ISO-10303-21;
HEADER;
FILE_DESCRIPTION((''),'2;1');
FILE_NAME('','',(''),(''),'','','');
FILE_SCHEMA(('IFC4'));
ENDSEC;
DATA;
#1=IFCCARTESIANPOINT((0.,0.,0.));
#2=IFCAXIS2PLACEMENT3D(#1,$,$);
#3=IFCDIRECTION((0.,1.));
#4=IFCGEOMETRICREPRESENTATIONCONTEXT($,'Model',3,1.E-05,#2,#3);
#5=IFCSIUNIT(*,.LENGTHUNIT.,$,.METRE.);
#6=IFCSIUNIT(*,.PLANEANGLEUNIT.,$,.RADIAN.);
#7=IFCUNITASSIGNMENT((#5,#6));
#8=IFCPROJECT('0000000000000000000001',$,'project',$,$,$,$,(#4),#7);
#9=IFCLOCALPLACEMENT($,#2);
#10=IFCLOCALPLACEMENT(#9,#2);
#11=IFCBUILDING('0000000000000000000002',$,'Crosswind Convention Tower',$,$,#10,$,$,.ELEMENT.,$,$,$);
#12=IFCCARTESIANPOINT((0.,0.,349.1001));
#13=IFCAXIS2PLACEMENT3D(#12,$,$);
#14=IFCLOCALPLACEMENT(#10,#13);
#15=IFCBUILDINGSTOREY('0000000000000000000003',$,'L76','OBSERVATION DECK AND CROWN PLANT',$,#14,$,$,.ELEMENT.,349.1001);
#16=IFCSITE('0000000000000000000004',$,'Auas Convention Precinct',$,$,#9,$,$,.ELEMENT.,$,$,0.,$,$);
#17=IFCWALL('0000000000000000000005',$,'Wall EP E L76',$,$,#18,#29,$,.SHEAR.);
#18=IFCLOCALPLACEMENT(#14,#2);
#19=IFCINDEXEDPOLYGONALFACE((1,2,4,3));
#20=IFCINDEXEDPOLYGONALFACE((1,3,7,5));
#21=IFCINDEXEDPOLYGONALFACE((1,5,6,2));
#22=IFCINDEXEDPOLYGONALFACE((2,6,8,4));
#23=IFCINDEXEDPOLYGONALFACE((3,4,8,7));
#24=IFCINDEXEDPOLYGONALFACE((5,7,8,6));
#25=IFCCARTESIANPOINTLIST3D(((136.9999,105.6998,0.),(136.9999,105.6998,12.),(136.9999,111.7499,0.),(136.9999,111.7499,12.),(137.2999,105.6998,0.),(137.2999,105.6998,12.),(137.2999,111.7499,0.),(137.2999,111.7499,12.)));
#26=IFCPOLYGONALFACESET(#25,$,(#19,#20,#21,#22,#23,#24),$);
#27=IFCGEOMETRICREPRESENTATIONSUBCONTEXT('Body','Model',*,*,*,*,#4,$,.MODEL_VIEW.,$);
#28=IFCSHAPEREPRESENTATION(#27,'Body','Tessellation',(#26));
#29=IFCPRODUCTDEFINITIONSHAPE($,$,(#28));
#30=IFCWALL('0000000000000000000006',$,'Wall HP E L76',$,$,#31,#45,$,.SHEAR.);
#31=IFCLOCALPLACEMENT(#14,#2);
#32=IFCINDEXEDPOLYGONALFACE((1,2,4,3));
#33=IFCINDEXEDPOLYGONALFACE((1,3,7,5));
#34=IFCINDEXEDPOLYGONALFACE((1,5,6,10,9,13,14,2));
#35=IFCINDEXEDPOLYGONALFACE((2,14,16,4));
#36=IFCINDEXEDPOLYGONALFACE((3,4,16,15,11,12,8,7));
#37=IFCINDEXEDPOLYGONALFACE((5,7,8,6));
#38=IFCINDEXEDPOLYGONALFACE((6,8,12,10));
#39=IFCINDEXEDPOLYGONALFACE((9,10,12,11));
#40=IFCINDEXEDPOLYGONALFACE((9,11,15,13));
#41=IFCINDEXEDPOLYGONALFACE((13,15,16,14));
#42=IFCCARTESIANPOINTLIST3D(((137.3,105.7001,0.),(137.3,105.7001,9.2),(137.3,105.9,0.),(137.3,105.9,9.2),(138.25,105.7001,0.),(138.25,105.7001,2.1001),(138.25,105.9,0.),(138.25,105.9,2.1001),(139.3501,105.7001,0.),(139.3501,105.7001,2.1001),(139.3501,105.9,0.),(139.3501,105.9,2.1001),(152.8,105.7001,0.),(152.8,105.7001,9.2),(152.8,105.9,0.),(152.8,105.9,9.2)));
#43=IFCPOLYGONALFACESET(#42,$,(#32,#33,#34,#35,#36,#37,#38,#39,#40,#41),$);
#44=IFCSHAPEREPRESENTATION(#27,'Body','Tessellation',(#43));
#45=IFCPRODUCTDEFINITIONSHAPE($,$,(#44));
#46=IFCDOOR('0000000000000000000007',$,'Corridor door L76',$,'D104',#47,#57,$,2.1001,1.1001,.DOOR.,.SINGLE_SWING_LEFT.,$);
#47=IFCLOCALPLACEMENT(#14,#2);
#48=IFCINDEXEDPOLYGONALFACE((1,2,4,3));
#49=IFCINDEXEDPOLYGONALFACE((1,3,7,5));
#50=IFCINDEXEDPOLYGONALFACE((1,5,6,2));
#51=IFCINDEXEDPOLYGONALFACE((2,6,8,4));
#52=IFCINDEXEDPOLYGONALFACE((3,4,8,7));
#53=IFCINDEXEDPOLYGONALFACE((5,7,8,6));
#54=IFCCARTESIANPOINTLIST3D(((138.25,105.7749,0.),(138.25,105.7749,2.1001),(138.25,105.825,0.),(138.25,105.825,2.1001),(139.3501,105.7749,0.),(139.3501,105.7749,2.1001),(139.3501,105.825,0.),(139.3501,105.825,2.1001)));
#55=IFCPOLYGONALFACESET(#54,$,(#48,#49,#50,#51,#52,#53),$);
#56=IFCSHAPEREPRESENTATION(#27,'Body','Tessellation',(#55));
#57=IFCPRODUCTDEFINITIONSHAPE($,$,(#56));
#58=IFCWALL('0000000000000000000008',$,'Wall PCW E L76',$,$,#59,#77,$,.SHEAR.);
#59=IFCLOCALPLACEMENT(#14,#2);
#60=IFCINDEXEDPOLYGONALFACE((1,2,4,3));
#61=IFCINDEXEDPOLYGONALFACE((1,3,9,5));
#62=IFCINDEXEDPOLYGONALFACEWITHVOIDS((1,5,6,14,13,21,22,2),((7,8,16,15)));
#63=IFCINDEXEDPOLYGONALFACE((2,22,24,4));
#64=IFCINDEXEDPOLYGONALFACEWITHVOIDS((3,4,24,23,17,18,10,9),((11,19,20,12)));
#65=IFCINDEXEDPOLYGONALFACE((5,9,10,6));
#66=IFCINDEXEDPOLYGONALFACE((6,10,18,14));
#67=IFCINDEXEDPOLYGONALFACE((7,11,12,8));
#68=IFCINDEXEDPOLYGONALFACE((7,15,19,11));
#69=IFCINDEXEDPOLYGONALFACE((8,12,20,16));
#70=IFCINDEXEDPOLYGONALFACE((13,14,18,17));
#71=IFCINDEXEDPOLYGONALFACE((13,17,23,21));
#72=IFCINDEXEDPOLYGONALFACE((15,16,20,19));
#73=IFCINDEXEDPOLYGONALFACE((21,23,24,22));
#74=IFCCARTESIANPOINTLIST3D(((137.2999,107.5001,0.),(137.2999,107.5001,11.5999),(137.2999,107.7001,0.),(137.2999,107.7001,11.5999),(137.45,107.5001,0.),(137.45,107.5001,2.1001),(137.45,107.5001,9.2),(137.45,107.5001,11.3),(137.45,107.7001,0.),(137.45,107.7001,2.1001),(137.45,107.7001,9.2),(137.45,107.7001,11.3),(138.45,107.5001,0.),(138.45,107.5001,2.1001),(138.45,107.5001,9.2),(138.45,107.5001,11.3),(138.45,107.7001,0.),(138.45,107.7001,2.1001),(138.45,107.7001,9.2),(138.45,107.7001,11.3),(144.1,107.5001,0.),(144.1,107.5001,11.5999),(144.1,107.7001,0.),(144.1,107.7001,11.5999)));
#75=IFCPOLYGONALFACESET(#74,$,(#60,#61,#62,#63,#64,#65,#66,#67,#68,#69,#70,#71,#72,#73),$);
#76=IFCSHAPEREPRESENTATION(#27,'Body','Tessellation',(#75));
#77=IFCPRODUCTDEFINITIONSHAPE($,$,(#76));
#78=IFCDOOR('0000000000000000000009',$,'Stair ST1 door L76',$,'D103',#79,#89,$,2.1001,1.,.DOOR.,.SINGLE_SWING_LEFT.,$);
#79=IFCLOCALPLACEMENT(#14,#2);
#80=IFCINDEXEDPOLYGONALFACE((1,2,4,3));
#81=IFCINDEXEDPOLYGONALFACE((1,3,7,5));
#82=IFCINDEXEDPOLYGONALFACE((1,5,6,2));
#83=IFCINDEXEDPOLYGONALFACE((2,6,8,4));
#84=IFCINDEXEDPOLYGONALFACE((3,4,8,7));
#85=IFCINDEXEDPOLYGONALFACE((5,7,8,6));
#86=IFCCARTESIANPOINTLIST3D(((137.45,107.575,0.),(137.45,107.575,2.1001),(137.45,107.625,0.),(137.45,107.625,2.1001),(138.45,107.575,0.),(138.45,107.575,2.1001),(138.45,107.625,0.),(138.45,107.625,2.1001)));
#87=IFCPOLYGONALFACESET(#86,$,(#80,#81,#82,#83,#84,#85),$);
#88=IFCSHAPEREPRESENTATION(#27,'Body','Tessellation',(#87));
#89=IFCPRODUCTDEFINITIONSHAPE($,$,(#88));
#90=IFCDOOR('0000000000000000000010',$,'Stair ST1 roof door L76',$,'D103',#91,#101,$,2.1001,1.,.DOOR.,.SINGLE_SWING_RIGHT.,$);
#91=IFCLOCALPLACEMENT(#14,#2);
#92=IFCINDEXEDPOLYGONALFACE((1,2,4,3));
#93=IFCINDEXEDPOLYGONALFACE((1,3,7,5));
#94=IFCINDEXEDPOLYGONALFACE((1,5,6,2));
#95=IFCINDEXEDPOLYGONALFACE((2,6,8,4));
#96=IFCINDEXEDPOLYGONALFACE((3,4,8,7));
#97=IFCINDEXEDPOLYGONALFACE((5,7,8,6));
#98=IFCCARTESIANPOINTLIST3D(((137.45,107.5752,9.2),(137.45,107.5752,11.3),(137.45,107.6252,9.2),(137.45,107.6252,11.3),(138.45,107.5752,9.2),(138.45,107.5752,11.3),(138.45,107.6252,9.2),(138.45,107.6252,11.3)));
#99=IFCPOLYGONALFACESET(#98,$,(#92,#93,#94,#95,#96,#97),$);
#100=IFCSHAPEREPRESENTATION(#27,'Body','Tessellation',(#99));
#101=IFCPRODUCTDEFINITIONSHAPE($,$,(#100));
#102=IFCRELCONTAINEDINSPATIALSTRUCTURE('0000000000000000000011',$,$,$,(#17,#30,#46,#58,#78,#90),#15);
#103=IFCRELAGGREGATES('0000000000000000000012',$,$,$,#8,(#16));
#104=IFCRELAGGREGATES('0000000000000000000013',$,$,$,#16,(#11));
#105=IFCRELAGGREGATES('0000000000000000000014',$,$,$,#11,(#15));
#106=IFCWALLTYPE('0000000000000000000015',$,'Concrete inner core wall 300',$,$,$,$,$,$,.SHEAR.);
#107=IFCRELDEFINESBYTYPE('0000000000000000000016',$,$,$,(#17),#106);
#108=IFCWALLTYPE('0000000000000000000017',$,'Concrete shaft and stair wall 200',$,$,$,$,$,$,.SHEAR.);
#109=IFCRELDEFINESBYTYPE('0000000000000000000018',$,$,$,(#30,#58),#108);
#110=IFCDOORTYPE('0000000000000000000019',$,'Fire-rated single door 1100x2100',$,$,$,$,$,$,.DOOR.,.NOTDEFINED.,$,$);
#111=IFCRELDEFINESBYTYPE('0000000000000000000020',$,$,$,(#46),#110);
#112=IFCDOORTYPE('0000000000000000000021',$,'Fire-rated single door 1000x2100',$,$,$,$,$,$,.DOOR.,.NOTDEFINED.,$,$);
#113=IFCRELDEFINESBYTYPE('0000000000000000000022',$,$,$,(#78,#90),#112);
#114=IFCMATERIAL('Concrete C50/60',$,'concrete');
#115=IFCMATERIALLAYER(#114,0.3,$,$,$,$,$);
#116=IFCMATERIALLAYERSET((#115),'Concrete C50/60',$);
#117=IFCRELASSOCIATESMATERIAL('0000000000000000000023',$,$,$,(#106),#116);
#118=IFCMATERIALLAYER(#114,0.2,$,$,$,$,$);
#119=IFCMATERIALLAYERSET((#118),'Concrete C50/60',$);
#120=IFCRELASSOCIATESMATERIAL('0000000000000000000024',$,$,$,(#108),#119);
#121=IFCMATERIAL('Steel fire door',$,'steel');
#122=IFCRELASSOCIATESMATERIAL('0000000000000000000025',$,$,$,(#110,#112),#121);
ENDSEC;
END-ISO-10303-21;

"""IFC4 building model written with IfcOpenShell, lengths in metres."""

from ifc_helpers import new_model, si_unit, direction, frame, frame_2d, origin, place, context, subcontext, project, spatial, rectangle, extrude, material, layer, layer_set, type_object, element, fill, save


model = new_model("IFC4")

# Units and contexts
model_context = context("Model", 3, precision=1e-05, world=origin(), true_north=direction((0.0, 1.0)))
body_context = subcontext(model_context, "Body", "Model", "MODEL_VIEW")
ifc_project = project(units=[si_unit("LENGTHUNIT", "METRE"), si_unit("PLANEANGLEUNIT", "RADIAN")], contexts=[model_context])

# Site, building, storey
site_placement = place(None, origin())
site = spatial("IfcSite", under=ifc_project, at=site_placement, Name="Auas Convention Precinct", CompositionType="ELEMENT", RefElevation=0.0)
building_placement = place(site_placement, origin())
building = spatial("IfcBuilding", under=site, at=building_placement, Name="Crosswind Convention Tower", CompositionType="ELEMENT")
storey_placement = place(building_placement, frame((0.0, 0.0, 349.1001)))
storey = spatial("IfcBuildingStorey", under=building, at=storey_placement, Name="L76", Description="OBSERVATION DECK AND CROWN PLANT", CompositionType="ELEMENT", Elevation=349.1001)

# Wall
ifc_material_1 = material(Name="Concrete C50/60", Category="concrete")
ifc_layer_1 = layer(ifc_material_1, 0.3)
ifc_layer_set_1 = layer_set([ifc_layer_1], Name="Concrete C50/60")
wall_type_1 = type_object("IfcWallType", Name="Concrete inner core wall 300", PredefinedType="SHEAR", material=ifc_layer_set_1)
wall_1_placement = place(storey_placement, frame((137.1499, 105.7, 0.0), z_axis=(0.0, 0.0, 1.0), x_axis=(0.0, 1.0, 0.0)))
element("IfcWall", 1, at=wall_1_placement, inside=storey, type_object=wall_type_1, Name="Wall EP E L76", PredefinedType="SHEAR", context=body_context, shape_type="SweptSolid", body=[
    extrude(rectangle(XDim=6.05, YDim=0.3, at=frame_2d((3.0249, 0.0))), origin(), (0.0, 0.0, 1.0), 12.0),
])

# Wall, opening, door
ifc_layer_2 = layer(ifc_material_1, 0.2)
ifc_layer_set_2 = layer_set([ifc_layer_2], Name="Concrete C50/60")
wall_type_2 = type_object("IfcWallType", Name="Concrete shaft and stair wall 200", PredefinedType="SHEAR", material=ifc_layer_set_2)
wall_2_placement = place(storey_placement, frame((137.3, 105.8, 0.0), z_axis=(0.0, 0.0, 1.0), x_axis=(1.0, 0.0, 0.0)))
wall_2 = element("IfcWall", 2, at=wall_2_placement, inside=storey, type_object=wall_type_2, Name="Wall HP E L76", PredefinedType="SHEAR", context=body_context, shape_type="SweptSolid", body=[
    extrude(rectangle(XDim=15.5, YDim=0.2, at=frame_2d((7.75, 0.0))), origin(), (0.0, 0.0, 1.0), 9.2),
])
opening_1_placement = place(wall_2_placement, frame((0.95, 0.0, 0.0)))
opening_1 = element("IfcOpeningElement", 3, at=opening_1_placement, cuts=wall_2, PredefinedType="OPENING", context=body_context, shape_type="SweptSolid", body=[
    extrude(rectangle(XDim=1.1001, YDim=2.1001, at=frame_2d((0.55, 1.05))), frame((0.0, 0.1099, 0.0), z_axis=(0.0, -1.0, 0.0), x_axis=(1.0, 0.0, 0.0)), (0.0, 0.0, 1.0), 0.22),
])
ifc_material_2 = material(Name="Steel fire door", Category="steel")
door_type_1 = type_object("IfcDoorType", Name="Fire-rated single door 1100x2100", OperationType="NOTDEFINED", PredefinedType="DOOR", material=ifc_material_2)
door_1_placement = place(opening_1_placement, origin())
door_1 = element("IfcDoor", 4, at=door_1_placement, inside=storey, type_object=door_type_1, Name="Corridor door L76", ObjectType="D104", OperationType="SINGLE_SWING_LEFT", OverallHeight=2.1001, OverallWidth=1.1001, PredefinedType="DOOR", context=body_context, shape_type="SweptSolid", body=[
    extrude(rectangle(XDim=1.1001, YDim=2.1001, at=frame_2d((0.55, 1.05))), frame((0.0, 0.0249, 0.0), z_axis=(0.0, -1.0, 0.0), x_axis=(1.0, 0.0, 0.0)), (0.0, 0.0, 1.0), 0.05),
])
fill(opening_1, door_1)

# Wall, openings, doors
wall_3_placement = place(storey_placement, frame((137.3, 107.6001, 0.0), z_axis=(0.0, 0.0, 1.0), x_axis=(1.0, 0.0, 0.0)))
wall_3 = element("IfcWall", 5, at=wall_3_placement, inside=storey, type_object=wall_type_2, Name="Wall PCW E L76", PredefinedType="SHEAR", context=body_context, shape_type="SweptSolid", body=[
    extrude(rectangle(XDim=6.8, YDim=0.2, at=frame_2d((3.3999, 0.0))), origin(), (0.0, 0.0, 1.0), 11.5999),
])
opening_2_placement = place(wall_3_placement, frame((0.1499, 0.0, 0.0)))
opening_2 = element("IfcOpeningElement", 6, at=opening_2_placement, cuts=wall_3, PredefinedType="OPENING", context=body_context, shape_type="SweptSolid", body=[
    extrude(rectangle(XDim=1.0, YDim=2.1001, at=frame_2d((0.5, 1.05))), frame((0.0, 0.1099, 0.0), z_axis=(0.0, -1.0, 0.0), x_axis=(1.0, 0.0, 0.0)), (0.0, 0.0, 1.0), 0.22),
])
opening_3_placement = place(wall_3_placement, frame((0.1499, 0.0, 9.2)))
opening_3 = element("IfcOpeningElement", 7, at=opening_3_placement, cuts=wall_3, PredefinedType="OPENING", context=body_context, shape_type="SweptSolid", body=[
    extrude(rectangle(XDim=1.0, YDim=2.1001, at=frame_2d((0.5, 1.05))), frame((0.0, 0.1099, 0.0), z_axis=(0.0, -1.0, 0.0), x_axis=(1.0, 0.0, 0.0)), (0.0, 0.0, 1.0), 0.22),
])
door_type_2 = type_object("IfcDoorType", Name="Fire-rated single door 1000x2100", OperationType="NOTDEFINED", PredefinedType="DOOR", material=ifc_material_2)
door_2_placement = place(opening_2_placement, origin())
door_2 = element("IfcDoor", 8, at=door_2_placement, inside=storey, type_object=door_type_2, Name="Stair ST1 door L76", ObjectType="D103", OperationType="SINGLE_SWING_LEFT", OverallHeight=2.1001, OverallWidth=1.0, PredefinedType="DOOR", context=body_context, shape_type="SweptSolid", body=[
    extrude(rectangle(XDim=1.0, YDim=2.1001, at=frame_2d((0.5, 1.05))), frame((0.0, 0.0249, 0.0), z_axis=(0.0, -1.0, 0.0), x_axis=(1.0, 0.0, 0.0)), (0.0, 0.0, 1.0), 0.05),
])
fill(opening_2, door_2)
door_3_placement = place(opening_3_placement, frame((1.0, 0.0, 0.0), z_axis=(0.0, 0.0, 1.0), x_axis=(-1.0, 0.0, 0.0)))
door_3 = element("IfcDoor", 9, at=door_3_placement, inside=storey, type_object=door_type_2, Name="Stair ST1 roof door L76", ObjectType="D103", OperationType="SINGLE_SWING_RIGHT", OverallHeight=2.1001, OverallWidth=1.0, PredefinedType="DOOR", context=body_context, shape_type="SweptSolid", body=[
    extrude(rectangle(XDim=1.0, YDim=2.1001, at=frame_2d((0.5, 1.05))), frame((0.0, 0.0249, 0.0), z_axis=(0.0, -1.0, 0.0), x_axis=(1.0, 0.0, 0.0)), (0.0, 0.0, 1.0), 0.05),
])
fill(opening_3, door_3)

save(model, "model.ifc")
